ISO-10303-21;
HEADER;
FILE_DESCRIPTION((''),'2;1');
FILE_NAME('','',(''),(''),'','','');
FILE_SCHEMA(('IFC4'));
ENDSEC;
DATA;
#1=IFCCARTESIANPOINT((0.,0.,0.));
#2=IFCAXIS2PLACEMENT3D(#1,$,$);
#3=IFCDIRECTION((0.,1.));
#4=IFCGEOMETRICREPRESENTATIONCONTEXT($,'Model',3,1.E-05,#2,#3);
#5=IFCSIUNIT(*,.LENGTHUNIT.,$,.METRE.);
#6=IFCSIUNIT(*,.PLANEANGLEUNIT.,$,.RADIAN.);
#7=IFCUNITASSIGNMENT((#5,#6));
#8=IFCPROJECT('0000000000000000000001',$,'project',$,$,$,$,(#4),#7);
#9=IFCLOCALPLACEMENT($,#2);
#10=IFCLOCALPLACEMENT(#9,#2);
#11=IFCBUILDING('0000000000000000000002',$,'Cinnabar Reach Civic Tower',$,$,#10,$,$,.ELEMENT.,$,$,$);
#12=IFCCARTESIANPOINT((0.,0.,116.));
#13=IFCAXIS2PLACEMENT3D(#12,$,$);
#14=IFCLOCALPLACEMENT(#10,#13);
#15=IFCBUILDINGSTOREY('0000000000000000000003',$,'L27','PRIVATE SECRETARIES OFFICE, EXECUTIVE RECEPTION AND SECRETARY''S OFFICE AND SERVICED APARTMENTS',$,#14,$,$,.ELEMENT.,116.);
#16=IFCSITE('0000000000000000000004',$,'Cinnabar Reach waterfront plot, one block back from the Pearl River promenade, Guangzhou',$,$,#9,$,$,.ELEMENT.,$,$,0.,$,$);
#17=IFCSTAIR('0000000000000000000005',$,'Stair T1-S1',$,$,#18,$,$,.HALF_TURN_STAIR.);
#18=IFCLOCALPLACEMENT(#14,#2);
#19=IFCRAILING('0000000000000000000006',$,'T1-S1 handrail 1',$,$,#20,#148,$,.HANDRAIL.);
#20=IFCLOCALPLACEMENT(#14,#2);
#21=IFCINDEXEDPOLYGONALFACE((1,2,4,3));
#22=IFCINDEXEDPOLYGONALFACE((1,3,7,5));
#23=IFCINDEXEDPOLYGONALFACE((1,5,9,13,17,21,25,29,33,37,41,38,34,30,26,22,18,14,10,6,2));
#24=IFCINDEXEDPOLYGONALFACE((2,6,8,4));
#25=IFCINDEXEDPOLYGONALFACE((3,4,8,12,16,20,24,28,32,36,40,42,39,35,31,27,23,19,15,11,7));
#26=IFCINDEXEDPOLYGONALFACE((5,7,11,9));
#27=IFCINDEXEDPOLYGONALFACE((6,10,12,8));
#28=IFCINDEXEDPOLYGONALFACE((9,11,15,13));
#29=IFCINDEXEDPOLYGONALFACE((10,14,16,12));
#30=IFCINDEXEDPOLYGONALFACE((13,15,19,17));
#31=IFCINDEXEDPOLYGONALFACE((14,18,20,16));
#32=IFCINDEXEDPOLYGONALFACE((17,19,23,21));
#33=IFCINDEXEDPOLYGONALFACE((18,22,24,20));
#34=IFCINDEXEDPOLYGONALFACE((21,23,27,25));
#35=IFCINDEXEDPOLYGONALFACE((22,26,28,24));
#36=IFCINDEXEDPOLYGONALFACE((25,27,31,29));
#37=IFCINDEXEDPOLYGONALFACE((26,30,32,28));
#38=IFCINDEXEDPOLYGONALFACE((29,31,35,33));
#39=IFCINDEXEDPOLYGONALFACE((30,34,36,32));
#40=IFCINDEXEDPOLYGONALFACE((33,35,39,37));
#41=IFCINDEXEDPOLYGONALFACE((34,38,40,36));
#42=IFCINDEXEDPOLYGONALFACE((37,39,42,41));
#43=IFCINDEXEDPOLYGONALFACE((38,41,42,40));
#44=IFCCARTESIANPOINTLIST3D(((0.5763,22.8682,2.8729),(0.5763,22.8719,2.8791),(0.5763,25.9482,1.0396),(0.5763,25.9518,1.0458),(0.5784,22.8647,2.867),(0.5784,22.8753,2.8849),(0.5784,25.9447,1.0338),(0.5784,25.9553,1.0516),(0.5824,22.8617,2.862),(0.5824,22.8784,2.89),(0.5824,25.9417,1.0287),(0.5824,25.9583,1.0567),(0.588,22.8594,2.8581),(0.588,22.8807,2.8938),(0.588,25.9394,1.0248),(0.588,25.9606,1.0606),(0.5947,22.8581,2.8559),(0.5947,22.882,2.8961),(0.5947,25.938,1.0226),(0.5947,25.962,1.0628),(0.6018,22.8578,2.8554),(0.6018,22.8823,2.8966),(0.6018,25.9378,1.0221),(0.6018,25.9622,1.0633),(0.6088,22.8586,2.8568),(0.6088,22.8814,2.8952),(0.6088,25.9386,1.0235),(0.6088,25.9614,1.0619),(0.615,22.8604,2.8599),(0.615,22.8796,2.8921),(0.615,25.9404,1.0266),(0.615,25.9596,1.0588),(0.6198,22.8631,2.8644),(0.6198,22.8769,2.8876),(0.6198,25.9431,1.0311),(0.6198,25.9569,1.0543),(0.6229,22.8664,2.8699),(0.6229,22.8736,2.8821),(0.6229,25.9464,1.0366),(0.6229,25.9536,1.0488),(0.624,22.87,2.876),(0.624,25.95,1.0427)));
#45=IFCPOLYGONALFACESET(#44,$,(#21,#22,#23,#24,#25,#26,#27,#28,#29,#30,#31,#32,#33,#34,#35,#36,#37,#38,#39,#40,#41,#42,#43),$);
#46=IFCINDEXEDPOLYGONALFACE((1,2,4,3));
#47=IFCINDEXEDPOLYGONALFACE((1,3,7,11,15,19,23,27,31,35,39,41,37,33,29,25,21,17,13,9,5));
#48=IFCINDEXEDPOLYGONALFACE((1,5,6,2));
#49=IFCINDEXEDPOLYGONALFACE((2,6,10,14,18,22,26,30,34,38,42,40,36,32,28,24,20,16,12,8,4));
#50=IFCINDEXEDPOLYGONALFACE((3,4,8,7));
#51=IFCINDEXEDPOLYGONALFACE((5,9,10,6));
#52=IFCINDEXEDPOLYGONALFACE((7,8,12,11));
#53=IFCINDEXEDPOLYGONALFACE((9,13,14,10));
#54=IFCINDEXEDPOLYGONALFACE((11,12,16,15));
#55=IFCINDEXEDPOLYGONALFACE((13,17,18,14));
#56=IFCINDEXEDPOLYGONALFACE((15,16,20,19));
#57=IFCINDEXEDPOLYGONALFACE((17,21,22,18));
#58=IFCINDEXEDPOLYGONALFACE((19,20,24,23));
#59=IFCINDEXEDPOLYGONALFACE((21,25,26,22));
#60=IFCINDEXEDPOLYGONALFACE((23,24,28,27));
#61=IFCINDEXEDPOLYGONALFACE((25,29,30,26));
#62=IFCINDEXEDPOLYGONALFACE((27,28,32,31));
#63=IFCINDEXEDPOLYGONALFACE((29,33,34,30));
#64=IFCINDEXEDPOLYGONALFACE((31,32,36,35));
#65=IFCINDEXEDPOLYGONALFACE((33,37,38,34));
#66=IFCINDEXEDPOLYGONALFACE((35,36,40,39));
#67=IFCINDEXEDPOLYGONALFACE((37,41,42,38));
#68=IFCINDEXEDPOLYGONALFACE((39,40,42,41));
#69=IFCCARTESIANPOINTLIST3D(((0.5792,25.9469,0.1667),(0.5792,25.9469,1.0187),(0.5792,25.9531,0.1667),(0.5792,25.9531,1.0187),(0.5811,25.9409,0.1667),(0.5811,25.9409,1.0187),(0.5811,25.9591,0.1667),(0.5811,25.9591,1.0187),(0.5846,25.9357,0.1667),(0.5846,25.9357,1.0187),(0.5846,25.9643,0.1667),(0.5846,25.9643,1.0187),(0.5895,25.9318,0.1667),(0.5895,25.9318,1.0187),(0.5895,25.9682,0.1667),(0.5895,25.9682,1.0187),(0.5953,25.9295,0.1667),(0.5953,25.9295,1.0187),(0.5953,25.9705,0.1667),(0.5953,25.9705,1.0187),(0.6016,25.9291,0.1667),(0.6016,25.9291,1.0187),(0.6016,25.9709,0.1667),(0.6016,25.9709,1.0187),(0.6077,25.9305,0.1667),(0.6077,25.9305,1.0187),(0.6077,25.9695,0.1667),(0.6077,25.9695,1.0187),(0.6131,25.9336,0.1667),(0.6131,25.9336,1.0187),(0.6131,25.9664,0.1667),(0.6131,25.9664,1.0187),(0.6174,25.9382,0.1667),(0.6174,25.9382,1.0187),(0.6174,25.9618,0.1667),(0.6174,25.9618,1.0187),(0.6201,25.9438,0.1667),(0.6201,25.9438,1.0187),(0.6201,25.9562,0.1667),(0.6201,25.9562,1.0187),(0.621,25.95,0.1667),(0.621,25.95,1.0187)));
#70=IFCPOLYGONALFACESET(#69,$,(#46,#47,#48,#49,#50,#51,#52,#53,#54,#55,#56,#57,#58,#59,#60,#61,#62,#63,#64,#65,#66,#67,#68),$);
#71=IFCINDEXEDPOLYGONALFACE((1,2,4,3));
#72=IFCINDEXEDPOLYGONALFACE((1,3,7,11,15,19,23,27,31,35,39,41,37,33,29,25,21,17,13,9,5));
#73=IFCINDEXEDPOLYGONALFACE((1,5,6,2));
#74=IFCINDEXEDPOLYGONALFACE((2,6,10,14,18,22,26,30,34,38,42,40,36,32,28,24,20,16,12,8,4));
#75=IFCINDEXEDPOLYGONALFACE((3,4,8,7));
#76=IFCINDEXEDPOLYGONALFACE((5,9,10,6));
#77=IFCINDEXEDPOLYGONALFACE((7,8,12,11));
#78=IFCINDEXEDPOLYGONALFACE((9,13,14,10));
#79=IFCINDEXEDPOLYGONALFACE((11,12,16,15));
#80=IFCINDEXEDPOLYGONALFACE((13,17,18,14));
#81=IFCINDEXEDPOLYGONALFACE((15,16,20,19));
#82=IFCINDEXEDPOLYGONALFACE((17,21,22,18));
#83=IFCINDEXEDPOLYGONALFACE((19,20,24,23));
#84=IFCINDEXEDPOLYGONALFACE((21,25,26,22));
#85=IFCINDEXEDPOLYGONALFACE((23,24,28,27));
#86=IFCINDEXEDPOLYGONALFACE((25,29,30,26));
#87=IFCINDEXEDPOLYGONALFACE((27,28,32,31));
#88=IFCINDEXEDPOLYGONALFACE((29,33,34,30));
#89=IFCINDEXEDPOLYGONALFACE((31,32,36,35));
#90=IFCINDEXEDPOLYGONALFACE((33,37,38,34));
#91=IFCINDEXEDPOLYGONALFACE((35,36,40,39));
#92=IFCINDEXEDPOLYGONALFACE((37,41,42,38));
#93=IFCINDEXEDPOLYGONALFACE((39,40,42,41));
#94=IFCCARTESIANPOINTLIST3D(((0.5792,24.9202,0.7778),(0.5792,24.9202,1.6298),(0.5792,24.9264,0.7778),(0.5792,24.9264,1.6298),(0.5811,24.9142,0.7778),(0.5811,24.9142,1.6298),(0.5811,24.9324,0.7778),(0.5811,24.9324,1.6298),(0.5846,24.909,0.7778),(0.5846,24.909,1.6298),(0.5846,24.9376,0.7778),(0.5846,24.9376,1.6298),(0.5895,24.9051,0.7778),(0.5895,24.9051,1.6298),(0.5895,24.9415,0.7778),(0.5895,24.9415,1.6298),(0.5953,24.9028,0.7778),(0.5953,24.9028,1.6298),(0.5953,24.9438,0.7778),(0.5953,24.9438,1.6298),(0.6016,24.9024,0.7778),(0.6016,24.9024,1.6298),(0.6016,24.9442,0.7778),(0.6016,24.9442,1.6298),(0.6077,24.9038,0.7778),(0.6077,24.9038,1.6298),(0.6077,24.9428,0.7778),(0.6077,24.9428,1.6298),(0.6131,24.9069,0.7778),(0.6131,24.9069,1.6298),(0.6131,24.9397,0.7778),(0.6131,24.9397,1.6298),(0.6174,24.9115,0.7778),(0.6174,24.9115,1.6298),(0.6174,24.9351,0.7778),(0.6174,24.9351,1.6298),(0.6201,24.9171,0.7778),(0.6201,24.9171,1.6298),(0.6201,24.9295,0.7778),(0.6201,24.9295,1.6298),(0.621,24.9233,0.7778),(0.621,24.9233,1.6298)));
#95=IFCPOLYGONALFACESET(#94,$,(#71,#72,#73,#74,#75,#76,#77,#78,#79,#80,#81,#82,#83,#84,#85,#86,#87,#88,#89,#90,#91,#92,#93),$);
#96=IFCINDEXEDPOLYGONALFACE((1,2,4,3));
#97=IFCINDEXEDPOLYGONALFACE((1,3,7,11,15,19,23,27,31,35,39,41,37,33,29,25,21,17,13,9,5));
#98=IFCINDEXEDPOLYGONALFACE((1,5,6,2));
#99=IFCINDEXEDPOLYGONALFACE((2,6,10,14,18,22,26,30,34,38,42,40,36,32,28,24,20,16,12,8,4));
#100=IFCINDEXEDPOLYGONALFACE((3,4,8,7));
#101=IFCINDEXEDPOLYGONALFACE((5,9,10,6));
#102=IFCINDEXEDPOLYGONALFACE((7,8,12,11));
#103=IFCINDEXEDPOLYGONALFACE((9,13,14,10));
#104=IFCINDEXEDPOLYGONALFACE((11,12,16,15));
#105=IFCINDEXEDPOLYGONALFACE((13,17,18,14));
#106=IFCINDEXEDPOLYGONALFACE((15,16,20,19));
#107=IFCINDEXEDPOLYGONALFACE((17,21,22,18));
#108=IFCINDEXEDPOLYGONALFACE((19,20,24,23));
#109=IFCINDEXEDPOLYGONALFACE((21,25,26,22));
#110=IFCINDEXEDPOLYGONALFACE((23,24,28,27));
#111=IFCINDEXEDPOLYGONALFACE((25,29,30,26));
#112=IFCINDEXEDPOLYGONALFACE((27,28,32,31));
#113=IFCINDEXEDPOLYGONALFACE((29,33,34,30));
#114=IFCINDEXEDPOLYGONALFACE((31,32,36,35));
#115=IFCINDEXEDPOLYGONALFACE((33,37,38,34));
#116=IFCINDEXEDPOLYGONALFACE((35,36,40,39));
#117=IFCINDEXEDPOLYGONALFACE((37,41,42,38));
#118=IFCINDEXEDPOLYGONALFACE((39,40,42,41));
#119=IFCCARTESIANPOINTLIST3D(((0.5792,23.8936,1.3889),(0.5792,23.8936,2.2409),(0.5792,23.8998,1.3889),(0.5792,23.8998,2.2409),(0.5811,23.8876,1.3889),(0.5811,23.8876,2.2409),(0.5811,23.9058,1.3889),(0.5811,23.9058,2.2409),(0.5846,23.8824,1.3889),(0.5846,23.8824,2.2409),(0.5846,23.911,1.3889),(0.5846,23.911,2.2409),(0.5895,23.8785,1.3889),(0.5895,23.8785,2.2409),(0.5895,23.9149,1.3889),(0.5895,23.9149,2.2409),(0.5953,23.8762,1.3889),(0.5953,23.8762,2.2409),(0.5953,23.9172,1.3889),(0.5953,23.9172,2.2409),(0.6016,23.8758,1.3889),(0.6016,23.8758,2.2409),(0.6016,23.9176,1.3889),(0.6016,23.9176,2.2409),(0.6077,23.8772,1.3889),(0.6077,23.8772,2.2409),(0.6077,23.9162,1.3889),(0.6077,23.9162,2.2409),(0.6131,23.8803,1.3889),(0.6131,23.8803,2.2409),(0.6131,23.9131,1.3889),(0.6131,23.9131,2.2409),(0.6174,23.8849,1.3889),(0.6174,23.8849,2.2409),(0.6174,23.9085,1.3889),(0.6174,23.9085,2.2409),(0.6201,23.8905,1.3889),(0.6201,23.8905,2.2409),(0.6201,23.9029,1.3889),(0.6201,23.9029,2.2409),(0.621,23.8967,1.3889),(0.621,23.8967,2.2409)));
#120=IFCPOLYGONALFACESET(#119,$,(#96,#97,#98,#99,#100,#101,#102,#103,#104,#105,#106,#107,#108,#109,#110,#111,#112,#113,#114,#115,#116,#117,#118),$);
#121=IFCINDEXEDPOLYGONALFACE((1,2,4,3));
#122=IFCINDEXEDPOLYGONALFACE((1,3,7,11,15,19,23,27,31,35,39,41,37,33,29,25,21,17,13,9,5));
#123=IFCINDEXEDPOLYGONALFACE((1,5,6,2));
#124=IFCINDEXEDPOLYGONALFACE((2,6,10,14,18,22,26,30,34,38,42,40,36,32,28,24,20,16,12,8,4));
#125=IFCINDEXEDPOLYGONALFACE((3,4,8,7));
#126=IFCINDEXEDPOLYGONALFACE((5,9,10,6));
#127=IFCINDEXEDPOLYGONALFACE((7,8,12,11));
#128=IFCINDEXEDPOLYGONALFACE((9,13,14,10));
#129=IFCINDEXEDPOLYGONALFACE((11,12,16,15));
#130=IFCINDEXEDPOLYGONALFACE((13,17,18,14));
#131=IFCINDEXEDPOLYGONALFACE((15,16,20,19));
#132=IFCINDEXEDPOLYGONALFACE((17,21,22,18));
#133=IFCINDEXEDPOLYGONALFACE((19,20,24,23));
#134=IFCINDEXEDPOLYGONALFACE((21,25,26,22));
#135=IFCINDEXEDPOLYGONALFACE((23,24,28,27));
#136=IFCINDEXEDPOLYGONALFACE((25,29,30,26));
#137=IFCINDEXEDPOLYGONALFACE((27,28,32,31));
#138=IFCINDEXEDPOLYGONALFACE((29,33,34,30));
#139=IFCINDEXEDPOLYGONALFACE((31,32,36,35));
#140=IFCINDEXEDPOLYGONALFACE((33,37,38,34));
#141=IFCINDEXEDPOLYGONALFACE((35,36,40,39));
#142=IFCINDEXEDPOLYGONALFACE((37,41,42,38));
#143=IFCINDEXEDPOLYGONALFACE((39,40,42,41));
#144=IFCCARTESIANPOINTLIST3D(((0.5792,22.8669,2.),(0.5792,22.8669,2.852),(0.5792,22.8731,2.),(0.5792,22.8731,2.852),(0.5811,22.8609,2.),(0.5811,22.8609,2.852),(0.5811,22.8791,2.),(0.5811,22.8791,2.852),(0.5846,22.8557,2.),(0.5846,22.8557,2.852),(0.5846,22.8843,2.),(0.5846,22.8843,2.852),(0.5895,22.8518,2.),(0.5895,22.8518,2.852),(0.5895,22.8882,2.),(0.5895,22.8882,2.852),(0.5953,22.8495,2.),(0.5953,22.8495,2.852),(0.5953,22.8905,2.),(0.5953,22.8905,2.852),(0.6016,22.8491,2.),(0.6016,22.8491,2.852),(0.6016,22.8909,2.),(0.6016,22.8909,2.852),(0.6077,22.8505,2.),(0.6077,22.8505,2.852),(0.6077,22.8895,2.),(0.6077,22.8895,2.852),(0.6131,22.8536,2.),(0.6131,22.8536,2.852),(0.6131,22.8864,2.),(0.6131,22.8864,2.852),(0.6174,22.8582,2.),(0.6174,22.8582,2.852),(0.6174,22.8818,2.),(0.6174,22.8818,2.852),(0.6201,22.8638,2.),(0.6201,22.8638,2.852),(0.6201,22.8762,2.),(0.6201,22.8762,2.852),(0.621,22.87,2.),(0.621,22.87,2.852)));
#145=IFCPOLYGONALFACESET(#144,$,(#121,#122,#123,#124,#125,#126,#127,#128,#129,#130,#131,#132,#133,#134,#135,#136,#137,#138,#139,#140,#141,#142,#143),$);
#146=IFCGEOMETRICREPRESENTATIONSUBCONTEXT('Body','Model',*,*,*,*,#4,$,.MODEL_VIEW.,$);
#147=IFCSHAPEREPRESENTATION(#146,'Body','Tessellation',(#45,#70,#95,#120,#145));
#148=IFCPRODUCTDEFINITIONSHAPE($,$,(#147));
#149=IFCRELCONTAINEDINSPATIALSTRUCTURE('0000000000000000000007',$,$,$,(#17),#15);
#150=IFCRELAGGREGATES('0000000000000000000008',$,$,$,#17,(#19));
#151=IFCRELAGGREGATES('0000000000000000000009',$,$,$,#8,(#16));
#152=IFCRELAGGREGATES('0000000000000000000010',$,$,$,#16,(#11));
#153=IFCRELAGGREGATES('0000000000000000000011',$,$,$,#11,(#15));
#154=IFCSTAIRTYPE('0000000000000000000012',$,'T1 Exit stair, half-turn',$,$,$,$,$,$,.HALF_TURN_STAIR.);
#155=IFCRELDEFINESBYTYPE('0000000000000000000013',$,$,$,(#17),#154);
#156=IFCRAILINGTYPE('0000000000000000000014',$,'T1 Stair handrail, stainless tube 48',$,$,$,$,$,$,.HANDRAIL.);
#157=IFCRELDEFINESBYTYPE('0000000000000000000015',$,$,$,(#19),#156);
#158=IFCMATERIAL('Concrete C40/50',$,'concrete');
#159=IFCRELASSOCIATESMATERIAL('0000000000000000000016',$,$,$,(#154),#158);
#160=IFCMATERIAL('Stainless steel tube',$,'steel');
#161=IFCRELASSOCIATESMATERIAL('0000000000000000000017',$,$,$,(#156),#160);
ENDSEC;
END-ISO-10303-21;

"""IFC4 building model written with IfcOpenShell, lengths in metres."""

from ifc_helpers import new_model, si_unit, direction, frame, origin, origin_2d, place, context, subcontext, project, spatial, circle, extrude, material, type_object, element, aggregate, save


model = new_model("IFC4")

# Units and contexts
model_context = context("Model", 3, precision=1e-05, world=origin(), true_north=direction((0.0, 1.0)))
body_context = subcontext(model_context, "Body", "Model", "MODEL_VIEW")
ifc_project = project(units=[si_unit("LENGTHUNIT", "METRE"), si_unit("PLANEANGLEUNIT", "RADIAN")], contexts=[model_context])

# Site, building, storey
site_placement = place(None, origin())
site = spatial("IfcSite", under=ifc_project, at=site_placement, Name="Cinnabar Reach waterfront plot, one block back from the Pearl River promenade, Guangzhou", CompositionType="ELEMENT", RefElevation=0.0)
building_placement = place(site_placement, origin())
building = spatial("IfcBuilding", under=site, at=building_placement, Name="Cinnabar Reach Civic Tower", CompositionType="ELEMENT")
storey_placement = place(building_placement, frame((0.0, 0.0, 116.0)))
storey = spatial("IfcBuildingStorey", under=building, at=storey_placement, Name="L27", Description="PRIVATE SECRETARIES OFFICE, EXECUTIVE RECEPTION AND SECRETARY'S OFFICE AND SERVICED APARTMENTS", CompositionType="ELEMENT", Elevation=116.0)

# Stair
ifc_material_1 = material(Name="Concrete C40/50", Category="concrete")
stair_type_1 = type_object("IfcStairType", Name="T1 Exit stair, half-turn", PredefinedType="HALF_TURN_STAIR", material=ifc_material_1)
stair_1_placement = place(storey_placement, origin())
stair_1 = element("IfcStair", 1, at=stair_1_placement, inside=storey, type_object=stair_type_1, Name="Stair T1-S1", PredefinedType="HALF_TURN_STAIR")

# Railing
ifc_material_2 = material(Name="Stainless steel tube", Category="steel")
railing_type_1 = type_object("IfcRailingType", Name="T1 Stair handrail, stainless tube 48", PredefinedType="HANDRAIL", material=ifc_material_2)
railing_placement = place(storey_placement, frame((0.6, 25.95, 0.1667)))
railing = element("IfcRailing", 2, at=railing_placement, type_object=railing_type_1, Name="T1-S1 handrail 1", PredefinedType="HANDRAIL", context=body_context, shape_type="SweptSolid", body=[
    extrude(circle(Radius=0.024, at=origin_2d()), frame((0.0, 0.0, 0.876), z_axis=(0.0, -0.859297, 0.511477), x_axis=(1.0, 0.0, 0.0)), (0.0, 0.0, 1.0), 3.5843),
    extrude(circle(Radius=0.021, at=origin_2d()), origin(), (0.0, 0.0, 1.0), 0.852),
    extrude(circle(Radius=0.021, at=origin_2d()), frame((0.0, -1.0267, 0.6111)), (0.0, 0.0, 1.0), 0.852),
    extrude(circle(Radius=0.021, at=origin_2d()), frame((0.0, -2.0533, 1.2222)), (0.0, 0.0, 1.0), 0.852),
    extrude(circle(Radius=0.021, at=origin_2d()), frame((0.0, -3.08, 1.8333)), (0.0, 0.0, 1.0), 0.852),
])
aggregate(stair_1, [railing])

save(model, "model.ifc")
